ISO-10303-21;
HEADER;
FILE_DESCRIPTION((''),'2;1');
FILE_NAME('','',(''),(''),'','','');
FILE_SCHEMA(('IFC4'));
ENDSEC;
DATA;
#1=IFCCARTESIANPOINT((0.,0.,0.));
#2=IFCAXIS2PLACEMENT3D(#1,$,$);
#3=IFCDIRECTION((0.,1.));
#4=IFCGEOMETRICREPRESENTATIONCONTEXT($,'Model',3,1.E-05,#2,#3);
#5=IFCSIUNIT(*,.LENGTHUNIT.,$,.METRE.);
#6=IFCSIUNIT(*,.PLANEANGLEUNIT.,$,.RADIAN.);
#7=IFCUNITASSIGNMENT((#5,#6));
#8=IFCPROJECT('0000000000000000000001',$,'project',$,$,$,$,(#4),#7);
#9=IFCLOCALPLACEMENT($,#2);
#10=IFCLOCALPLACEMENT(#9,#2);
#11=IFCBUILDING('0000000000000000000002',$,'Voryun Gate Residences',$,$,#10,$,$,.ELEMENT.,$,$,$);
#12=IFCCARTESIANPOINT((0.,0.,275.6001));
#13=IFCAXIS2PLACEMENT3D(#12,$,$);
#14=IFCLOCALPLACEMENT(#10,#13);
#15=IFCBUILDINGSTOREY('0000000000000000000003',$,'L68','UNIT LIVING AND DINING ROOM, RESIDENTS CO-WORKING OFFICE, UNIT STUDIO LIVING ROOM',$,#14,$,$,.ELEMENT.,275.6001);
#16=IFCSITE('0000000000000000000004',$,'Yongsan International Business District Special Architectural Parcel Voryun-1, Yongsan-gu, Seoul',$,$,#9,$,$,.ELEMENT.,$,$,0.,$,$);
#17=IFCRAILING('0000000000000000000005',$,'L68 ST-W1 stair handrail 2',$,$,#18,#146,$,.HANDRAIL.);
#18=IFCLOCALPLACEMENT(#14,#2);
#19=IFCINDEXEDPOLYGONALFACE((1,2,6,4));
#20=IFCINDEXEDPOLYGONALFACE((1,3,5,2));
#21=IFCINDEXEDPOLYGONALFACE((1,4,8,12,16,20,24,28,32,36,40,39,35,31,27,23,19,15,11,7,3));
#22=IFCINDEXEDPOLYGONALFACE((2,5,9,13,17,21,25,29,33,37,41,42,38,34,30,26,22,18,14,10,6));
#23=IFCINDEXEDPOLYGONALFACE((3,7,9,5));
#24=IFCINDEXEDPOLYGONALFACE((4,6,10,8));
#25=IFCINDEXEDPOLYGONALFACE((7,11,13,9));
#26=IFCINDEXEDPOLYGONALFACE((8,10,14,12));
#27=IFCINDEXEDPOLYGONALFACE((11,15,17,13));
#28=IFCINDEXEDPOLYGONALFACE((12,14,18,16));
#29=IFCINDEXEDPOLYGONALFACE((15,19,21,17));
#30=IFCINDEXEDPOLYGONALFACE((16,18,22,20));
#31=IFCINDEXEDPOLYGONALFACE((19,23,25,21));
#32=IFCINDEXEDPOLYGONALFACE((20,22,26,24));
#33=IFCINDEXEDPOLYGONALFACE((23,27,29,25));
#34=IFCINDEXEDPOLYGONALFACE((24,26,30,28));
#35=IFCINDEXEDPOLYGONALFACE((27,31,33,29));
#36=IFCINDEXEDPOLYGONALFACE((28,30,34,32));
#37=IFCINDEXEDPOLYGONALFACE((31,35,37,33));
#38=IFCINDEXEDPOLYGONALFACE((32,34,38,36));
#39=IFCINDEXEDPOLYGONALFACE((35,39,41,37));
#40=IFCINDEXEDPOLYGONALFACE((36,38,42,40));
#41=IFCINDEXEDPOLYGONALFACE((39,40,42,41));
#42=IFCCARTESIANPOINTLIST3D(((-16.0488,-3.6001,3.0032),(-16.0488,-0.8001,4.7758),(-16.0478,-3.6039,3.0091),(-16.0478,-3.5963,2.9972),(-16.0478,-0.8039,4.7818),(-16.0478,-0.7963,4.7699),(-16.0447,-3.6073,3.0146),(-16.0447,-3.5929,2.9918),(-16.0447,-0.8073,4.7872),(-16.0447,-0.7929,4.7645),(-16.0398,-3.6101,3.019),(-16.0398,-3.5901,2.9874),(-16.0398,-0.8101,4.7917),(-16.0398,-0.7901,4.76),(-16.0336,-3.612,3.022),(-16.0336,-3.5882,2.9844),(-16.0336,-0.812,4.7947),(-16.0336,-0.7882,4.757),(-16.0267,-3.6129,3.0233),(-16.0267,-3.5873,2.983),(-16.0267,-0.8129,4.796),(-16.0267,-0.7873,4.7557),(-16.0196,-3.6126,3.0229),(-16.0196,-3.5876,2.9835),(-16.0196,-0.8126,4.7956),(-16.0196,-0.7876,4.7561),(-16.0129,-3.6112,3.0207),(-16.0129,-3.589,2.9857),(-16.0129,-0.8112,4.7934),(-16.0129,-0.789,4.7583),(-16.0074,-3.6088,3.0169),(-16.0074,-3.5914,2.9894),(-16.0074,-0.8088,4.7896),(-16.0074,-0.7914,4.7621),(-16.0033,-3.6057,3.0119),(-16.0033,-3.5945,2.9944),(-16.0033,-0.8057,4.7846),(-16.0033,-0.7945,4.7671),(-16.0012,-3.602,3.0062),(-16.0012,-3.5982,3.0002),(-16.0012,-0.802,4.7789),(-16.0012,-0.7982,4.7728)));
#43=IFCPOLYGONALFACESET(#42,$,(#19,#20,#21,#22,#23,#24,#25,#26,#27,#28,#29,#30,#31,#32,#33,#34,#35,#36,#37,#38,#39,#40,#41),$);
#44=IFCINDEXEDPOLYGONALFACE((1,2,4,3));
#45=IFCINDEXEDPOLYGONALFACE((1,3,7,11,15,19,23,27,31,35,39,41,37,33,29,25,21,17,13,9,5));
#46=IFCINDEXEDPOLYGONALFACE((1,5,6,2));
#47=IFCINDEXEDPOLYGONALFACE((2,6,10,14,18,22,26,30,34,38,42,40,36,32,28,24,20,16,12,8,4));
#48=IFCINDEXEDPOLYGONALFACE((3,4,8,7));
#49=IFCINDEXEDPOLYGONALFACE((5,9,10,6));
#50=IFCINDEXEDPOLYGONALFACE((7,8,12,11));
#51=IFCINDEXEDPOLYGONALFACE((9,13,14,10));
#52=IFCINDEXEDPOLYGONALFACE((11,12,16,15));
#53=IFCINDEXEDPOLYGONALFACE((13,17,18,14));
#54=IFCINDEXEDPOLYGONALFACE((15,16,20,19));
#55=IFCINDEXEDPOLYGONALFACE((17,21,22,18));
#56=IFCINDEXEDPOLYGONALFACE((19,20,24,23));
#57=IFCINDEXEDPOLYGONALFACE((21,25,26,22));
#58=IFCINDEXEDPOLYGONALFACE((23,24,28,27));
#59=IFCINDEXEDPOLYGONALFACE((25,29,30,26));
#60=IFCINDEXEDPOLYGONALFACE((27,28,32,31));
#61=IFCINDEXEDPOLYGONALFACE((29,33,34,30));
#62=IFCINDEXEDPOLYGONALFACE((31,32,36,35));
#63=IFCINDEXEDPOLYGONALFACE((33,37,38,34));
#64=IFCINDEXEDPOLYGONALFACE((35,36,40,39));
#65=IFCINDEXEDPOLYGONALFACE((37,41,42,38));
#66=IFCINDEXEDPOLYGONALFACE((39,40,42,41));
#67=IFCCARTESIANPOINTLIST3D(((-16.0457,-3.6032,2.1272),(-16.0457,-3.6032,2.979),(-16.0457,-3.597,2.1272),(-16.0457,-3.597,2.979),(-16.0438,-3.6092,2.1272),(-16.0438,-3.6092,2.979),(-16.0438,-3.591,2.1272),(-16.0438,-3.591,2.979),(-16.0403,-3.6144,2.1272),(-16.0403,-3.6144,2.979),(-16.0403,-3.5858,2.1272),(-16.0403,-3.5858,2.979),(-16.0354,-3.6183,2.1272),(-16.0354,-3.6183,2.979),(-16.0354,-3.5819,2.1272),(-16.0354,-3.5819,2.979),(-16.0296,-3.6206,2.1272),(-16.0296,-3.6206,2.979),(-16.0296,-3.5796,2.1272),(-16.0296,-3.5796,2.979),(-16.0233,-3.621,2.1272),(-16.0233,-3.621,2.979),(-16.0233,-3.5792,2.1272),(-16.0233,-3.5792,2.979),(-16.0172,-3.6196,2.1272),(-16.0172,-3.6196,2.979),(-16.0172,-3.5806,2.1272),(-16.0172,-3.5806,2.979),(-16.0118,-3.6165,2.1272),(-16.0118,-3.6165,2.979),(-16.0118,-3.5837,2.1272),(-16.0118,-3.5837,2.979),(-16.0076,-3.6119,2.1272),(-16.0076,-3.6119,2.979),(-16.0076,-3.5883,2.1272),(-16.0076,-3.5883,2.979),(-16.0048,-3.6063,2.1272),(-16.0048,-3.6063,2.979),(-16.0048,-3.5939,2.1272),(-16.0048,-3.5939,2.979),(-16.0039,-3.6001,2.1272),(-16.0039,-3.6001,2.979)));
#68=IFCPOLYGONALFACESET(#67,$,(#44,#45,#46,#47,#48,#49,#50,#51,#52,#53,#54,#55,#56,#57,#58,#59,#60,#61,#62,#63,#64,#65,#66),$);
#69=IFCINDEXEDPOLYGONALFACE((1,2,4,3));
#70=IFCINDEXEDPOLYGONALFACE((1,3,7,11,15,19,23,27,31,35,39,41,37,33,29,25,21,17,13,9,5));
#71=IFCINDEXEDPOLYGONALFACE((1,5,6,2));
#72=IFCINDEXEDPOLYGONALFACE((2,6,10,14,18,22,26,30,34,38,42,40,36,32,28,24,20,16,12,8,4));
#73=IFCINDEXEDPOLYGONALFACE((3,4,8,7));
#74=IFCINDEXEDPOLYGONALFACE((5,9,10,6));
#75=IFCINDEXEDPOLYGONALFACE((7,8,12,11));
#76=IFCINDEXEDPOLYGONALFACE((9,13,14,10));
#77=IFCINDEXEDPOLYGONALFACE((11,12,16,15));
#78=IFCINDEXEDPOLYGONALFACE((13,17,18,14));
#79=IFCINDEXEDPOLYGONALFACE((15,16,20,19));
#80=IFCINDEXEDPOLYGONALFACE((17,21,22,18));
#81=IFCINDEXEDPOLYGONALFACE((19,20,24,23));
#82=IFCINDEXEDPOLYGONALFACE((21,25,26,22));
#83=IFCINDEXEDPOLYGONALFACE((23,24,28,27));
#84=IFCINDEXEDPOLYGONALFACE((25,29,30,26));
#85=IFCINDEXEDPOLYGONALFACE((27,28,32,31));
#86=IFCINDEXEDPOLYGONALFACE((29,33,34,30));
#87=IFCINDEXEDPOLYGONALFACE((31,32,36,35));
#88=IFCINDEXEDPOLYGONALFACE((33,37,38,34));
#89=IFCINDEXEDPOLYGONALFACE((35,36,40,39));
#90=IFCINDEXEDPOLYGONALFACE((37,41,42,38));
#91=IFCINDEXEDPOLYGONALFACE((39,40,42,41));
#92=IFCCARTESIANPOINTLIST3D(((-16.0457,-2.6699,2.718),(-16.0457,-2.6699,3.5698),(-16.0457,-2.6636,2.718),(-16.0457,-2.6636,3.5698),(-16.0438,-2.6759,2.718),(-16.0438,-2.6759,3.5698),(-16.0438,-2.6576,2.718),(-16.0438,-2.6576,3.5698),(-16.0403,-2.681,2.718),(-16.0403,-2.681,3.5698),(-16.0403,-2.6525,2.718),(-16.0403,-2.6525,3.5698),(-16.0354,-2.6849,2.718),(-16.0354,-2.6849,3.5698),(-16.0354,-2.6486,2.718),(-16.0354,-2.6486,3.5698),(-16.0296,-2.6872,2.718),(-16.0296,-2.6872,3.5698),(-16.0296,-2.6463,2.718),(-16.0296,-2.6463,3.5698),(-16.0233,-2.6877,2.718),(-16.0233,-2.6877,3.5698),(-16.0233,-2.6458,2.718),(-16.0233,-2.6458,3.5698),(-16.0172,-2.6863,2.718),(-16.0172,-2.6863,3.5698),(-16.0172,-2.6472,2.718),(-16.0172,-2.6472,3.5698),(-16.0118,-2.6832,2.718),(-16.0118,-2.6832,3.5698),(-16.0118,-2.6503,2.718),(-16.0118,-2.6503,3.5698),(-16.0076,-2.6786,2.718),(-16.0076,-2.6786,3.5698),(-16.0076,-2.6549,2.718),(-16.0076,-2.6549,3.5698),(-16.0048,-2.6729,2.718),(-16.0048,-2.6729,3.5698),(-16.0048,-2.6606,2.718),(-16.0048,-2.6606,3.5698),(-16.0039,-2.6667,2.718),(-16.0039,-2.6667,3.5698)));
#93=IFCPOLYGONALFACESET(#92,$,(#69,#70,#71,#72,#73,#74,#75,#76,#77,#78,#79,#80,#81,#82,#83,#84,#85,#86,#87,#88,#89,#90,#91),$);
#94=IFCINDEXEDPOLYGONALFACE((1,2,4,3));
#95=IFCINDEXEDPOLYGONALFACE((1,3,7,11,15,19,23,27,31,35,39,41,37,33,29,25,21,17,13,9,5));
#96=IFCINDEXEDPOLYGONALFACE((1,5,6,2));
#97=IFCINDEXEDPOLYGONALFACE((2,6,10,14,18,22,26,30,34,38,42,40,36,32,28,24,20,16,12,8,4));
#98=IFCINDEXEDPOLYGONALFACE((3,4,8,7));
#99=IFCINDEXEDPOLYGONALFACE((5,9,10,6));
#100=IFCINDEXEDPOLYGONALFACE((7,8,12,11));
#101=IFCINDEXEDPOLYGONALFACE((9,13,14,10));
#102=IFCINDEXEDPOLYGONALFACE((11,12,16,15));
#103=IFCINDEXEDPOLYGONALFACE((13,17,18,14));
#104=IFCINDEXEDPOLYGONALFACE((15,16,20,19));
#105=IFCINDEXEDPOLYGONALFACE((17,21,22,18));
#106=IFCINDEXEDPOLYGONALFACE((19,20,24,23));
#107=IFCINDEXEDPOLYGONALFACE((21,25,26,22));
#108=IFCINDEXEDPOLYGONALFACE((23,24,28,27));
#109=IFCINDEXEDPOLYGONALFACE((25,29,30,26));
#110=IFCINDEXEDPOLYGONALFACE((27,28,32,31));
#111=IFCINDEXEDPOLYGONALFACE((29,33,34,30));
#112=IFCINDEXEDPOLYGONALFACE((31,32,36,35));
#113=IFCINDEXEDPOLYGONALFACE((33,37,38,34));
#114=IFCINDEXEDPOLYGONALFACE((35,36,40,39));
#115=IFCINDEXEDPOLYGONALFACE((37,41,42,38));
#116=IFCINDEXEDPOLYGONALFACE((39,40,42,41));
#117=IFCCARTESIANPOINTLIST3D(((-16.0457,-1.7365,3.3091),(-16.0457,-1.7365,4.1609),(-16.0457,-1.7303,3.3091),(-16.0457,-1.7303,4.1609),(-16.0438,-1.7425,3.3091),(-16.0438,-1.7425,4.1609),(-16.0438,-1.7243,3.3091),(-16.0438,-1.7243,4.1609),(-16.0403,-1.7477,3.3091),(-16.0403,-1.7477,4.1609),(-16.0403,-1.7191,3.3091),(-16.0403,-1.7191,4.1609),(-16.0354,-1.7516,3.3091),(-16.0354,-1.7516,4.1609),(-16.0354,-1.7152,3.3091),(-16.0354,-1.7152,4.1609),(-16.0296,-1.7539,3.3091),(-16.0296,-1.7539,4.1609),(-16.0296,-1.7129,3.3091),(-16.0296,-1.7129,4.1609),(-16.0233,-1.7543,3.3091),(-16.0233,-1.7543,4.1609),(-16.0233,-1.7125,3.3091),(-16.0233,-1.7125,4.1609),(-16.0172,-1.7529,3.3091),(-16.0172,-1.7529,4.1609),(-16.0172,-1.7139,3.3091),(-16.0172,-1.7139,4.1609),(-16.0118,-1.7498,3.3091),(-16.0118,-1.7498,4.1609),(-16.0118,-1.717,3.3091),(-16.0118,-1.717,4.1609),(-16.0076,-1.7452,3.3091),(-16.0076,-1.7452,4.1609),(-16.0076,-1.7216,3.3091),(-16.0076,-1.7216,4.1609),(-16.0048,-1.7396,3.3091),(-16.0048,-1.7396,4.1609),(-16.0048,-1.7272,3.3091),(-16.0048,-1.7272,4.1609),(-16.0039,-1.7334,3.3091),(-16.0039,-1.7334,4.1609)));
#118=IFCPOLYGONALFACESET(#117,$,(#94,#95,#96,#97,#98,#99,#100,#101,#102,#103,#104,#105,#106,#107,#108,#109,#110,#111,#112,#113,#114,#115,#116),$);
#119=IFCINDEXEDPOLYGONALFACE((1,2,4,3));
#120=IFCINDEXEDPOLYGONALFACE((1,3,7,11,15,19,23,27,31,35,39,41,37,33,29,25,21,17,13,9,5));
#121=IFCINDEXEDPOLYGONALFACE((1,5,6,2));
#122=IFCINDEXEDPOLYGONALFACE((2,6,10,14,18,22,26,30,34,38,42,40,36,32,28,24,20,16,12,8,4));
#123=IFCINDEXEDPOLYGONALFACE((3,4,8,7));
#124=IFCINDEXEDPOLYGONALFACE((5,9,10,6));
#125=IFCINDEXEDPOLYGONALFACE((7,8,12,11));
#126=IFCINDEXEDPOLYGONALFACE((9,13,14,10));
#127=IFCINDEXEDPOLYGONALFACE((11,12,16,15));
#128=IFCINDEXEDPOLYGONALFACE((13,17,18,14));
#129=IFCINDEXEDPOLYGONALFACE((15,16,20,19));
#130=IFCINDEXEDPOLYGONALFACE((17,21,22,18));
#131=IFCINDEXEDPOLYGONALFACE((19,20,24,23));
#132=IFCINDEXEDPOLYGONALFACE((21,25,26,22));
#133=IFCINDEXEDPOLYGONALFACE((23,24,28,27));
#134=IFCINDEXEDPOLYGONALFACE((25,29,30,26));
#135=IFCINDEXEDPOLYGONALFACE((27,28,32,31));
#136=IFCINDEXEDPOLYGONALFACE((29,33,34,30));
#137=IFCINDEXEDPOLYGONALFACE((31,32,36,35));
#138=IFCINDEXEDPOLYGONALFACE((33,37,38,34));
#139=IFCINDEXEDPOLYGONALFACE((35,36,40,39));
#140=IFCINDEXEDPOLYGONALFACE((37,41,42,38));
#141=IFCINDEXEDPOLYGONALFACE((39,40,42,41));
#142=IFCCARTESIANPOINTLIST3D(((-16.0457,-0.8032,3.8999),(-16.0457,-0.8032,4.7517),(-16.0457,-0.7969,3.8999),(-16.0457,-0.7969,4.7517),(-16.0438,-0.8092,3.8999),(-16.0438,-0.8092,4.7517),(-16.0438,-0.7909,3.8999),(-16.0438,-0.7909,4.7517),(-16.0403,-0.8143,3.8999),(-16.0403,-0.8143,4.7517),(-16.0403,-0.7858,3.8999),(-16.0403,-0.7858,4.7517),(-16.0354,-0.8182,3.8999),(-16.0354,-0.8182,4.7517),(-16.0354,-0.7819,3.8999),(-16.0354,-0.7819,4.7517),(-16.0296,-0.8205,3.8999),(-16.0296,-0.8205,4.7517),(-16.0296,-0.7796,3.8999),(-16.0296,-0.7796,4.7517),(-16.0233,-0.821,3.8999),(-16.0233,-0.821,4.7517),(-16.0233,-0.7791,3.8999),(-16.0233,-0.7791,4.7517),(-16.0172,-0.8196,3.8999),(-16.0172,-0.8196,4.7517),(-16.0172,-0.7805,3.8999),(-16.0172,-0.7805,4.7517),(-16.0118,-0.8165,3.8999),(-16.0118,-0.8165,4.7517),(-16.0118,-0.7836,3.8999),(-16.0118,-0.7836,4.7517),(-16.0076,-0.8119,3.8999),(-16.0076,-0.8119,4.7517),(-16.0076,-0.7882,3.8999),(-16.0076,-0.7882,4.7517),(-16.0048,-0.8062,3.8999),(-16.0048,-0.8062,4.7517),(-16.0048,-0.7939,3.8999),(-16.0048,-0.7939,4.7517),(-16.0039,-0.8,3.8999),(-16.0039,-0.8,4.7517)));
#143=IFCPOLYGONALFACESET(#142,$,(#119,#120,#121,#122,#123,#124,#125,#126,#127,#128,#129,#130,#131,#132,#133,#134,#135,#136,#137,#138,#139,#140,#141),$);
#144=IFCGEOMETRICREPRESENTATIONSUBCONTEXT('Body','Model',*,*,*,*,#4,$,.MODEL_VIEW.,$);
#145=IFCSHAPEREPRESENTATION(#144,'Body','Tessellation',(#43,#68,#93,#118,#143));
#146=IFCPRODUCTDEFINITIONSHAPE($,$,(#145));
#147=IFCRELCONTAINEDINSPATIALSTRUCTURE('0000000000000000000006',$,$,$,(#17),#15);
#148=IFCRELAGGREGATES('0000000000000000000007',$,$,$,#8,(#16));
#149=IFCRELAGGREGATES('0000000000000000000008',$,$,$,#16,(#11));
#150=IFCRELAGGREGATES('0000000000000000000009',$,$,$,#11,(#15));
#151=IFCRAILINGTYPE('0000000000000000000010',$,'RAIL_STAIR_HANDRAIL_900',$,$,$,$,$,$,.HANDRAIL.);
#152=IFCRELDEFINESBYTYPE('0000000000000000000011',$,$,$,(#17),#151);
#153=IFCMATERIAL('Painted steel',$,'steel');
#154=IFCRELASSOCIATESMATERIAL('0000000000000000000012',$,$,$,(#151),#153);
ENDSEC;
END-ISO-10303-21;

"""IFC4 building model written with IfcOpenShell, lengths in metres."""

from ifc_helpers import new_model, si_unit, direction, frame, origin, origin_2d, place, context, subcontext, project, spatial, circle, extrude, material, type_object, element, save


model = new_model("IFC4")

# Units and contexts
model_context = context("Model", 3, precision=1e-05, world=origin(), true_north=direction((0.0, 1.0)))
body_context = subcontext(model_context, "Body", "Model", "MODEL_VIEW")
ifc_project = project(units=[si_unit("LENGTHUNIT", "METRE"), si_unit("PLANEANGLEUNIT", "RADIAN")], contexts=[model_context])

# Site, building, storey
site_placement = place(None, origin())
site = spatial("IfcSite", under=ifc_project, at=site_placement, Name="Yongsan International Business District Special Architectural Parcel Voryun-1, Yongsan-gu, Seoul", CompositionType="ELEMENT", RefElevation=0.0)
building_placement = place(site_placement, origin())
building = spatial("IfcBuilding", under=site, at=building_placement, Name="Voryun Gate Residences", CompositionType="ELEMENT")
storey_placement = place(building_placement, frame((0.0, 0.0, 275.6001)))
storey = spatial("IfcBuildingStorey", under=building, at=storey_placement, Name="L68", Description="UNIT LIVING AND DINING ROOM, RESIDENTS CO-WORKING OFFICE, UNIT STUDIO LIVING ROOM", CompositionType="ELEMENT", Elevation=275.6001)

# Railing
ifc_material_1 = material(Name="Painted steel", Category="steel")
railing_type_1 = type_object("IfcRailingType", Name="RAIL_STAIR_HANDRAIL_900", PredefinedType="HANDRAIL", material=ifc_material_1)
railing_1_placement = place(storey_placement, frame((-16.0249, -3.6001, 2.1272)))
element("IfcRailing", 1, at=railing_1_placement, inside=storey, type_object=railing_type_1, Name="L68 ST-W1 stair handrail 2", PredefinedType="HANDRAIL", context=body_context, shape_type="SweptSolid", body=[
    extrude(circle(Radius=0.0239, at=origin_2d()), frame((0.0, 0.0, 0.876), z_axis=(0.0, 0.844909, 0.53491), x_axis=(-1.0, 0.0, 0.0)), (0.0, 0.0, 1.0), 3.314),
    extrude(circle(Radius=0.021, at=origin_2d()), origin(), (0.0, 0.0, 1.0), 0.8518),
    extrude(circle(Radius=0.021, at=origin_2d()), frame((0.0, 0.9333, 0.5908)), (0.0, 0.0, 1.0), 0.8518),
    extrude(circle(Radius=0.021, at=origin_2d()), frame((0.0, 1.8667, 1.1819)), (0.0, 0.0, 1.0), 0.8518),
    extrude(circle(Radius=0.021, at=origin_2d()), frame((0.0, 2.8, 1.7727)), (0.0, 0.0, 1.0), 0.8518),
])

save(model, "model.ifc")
